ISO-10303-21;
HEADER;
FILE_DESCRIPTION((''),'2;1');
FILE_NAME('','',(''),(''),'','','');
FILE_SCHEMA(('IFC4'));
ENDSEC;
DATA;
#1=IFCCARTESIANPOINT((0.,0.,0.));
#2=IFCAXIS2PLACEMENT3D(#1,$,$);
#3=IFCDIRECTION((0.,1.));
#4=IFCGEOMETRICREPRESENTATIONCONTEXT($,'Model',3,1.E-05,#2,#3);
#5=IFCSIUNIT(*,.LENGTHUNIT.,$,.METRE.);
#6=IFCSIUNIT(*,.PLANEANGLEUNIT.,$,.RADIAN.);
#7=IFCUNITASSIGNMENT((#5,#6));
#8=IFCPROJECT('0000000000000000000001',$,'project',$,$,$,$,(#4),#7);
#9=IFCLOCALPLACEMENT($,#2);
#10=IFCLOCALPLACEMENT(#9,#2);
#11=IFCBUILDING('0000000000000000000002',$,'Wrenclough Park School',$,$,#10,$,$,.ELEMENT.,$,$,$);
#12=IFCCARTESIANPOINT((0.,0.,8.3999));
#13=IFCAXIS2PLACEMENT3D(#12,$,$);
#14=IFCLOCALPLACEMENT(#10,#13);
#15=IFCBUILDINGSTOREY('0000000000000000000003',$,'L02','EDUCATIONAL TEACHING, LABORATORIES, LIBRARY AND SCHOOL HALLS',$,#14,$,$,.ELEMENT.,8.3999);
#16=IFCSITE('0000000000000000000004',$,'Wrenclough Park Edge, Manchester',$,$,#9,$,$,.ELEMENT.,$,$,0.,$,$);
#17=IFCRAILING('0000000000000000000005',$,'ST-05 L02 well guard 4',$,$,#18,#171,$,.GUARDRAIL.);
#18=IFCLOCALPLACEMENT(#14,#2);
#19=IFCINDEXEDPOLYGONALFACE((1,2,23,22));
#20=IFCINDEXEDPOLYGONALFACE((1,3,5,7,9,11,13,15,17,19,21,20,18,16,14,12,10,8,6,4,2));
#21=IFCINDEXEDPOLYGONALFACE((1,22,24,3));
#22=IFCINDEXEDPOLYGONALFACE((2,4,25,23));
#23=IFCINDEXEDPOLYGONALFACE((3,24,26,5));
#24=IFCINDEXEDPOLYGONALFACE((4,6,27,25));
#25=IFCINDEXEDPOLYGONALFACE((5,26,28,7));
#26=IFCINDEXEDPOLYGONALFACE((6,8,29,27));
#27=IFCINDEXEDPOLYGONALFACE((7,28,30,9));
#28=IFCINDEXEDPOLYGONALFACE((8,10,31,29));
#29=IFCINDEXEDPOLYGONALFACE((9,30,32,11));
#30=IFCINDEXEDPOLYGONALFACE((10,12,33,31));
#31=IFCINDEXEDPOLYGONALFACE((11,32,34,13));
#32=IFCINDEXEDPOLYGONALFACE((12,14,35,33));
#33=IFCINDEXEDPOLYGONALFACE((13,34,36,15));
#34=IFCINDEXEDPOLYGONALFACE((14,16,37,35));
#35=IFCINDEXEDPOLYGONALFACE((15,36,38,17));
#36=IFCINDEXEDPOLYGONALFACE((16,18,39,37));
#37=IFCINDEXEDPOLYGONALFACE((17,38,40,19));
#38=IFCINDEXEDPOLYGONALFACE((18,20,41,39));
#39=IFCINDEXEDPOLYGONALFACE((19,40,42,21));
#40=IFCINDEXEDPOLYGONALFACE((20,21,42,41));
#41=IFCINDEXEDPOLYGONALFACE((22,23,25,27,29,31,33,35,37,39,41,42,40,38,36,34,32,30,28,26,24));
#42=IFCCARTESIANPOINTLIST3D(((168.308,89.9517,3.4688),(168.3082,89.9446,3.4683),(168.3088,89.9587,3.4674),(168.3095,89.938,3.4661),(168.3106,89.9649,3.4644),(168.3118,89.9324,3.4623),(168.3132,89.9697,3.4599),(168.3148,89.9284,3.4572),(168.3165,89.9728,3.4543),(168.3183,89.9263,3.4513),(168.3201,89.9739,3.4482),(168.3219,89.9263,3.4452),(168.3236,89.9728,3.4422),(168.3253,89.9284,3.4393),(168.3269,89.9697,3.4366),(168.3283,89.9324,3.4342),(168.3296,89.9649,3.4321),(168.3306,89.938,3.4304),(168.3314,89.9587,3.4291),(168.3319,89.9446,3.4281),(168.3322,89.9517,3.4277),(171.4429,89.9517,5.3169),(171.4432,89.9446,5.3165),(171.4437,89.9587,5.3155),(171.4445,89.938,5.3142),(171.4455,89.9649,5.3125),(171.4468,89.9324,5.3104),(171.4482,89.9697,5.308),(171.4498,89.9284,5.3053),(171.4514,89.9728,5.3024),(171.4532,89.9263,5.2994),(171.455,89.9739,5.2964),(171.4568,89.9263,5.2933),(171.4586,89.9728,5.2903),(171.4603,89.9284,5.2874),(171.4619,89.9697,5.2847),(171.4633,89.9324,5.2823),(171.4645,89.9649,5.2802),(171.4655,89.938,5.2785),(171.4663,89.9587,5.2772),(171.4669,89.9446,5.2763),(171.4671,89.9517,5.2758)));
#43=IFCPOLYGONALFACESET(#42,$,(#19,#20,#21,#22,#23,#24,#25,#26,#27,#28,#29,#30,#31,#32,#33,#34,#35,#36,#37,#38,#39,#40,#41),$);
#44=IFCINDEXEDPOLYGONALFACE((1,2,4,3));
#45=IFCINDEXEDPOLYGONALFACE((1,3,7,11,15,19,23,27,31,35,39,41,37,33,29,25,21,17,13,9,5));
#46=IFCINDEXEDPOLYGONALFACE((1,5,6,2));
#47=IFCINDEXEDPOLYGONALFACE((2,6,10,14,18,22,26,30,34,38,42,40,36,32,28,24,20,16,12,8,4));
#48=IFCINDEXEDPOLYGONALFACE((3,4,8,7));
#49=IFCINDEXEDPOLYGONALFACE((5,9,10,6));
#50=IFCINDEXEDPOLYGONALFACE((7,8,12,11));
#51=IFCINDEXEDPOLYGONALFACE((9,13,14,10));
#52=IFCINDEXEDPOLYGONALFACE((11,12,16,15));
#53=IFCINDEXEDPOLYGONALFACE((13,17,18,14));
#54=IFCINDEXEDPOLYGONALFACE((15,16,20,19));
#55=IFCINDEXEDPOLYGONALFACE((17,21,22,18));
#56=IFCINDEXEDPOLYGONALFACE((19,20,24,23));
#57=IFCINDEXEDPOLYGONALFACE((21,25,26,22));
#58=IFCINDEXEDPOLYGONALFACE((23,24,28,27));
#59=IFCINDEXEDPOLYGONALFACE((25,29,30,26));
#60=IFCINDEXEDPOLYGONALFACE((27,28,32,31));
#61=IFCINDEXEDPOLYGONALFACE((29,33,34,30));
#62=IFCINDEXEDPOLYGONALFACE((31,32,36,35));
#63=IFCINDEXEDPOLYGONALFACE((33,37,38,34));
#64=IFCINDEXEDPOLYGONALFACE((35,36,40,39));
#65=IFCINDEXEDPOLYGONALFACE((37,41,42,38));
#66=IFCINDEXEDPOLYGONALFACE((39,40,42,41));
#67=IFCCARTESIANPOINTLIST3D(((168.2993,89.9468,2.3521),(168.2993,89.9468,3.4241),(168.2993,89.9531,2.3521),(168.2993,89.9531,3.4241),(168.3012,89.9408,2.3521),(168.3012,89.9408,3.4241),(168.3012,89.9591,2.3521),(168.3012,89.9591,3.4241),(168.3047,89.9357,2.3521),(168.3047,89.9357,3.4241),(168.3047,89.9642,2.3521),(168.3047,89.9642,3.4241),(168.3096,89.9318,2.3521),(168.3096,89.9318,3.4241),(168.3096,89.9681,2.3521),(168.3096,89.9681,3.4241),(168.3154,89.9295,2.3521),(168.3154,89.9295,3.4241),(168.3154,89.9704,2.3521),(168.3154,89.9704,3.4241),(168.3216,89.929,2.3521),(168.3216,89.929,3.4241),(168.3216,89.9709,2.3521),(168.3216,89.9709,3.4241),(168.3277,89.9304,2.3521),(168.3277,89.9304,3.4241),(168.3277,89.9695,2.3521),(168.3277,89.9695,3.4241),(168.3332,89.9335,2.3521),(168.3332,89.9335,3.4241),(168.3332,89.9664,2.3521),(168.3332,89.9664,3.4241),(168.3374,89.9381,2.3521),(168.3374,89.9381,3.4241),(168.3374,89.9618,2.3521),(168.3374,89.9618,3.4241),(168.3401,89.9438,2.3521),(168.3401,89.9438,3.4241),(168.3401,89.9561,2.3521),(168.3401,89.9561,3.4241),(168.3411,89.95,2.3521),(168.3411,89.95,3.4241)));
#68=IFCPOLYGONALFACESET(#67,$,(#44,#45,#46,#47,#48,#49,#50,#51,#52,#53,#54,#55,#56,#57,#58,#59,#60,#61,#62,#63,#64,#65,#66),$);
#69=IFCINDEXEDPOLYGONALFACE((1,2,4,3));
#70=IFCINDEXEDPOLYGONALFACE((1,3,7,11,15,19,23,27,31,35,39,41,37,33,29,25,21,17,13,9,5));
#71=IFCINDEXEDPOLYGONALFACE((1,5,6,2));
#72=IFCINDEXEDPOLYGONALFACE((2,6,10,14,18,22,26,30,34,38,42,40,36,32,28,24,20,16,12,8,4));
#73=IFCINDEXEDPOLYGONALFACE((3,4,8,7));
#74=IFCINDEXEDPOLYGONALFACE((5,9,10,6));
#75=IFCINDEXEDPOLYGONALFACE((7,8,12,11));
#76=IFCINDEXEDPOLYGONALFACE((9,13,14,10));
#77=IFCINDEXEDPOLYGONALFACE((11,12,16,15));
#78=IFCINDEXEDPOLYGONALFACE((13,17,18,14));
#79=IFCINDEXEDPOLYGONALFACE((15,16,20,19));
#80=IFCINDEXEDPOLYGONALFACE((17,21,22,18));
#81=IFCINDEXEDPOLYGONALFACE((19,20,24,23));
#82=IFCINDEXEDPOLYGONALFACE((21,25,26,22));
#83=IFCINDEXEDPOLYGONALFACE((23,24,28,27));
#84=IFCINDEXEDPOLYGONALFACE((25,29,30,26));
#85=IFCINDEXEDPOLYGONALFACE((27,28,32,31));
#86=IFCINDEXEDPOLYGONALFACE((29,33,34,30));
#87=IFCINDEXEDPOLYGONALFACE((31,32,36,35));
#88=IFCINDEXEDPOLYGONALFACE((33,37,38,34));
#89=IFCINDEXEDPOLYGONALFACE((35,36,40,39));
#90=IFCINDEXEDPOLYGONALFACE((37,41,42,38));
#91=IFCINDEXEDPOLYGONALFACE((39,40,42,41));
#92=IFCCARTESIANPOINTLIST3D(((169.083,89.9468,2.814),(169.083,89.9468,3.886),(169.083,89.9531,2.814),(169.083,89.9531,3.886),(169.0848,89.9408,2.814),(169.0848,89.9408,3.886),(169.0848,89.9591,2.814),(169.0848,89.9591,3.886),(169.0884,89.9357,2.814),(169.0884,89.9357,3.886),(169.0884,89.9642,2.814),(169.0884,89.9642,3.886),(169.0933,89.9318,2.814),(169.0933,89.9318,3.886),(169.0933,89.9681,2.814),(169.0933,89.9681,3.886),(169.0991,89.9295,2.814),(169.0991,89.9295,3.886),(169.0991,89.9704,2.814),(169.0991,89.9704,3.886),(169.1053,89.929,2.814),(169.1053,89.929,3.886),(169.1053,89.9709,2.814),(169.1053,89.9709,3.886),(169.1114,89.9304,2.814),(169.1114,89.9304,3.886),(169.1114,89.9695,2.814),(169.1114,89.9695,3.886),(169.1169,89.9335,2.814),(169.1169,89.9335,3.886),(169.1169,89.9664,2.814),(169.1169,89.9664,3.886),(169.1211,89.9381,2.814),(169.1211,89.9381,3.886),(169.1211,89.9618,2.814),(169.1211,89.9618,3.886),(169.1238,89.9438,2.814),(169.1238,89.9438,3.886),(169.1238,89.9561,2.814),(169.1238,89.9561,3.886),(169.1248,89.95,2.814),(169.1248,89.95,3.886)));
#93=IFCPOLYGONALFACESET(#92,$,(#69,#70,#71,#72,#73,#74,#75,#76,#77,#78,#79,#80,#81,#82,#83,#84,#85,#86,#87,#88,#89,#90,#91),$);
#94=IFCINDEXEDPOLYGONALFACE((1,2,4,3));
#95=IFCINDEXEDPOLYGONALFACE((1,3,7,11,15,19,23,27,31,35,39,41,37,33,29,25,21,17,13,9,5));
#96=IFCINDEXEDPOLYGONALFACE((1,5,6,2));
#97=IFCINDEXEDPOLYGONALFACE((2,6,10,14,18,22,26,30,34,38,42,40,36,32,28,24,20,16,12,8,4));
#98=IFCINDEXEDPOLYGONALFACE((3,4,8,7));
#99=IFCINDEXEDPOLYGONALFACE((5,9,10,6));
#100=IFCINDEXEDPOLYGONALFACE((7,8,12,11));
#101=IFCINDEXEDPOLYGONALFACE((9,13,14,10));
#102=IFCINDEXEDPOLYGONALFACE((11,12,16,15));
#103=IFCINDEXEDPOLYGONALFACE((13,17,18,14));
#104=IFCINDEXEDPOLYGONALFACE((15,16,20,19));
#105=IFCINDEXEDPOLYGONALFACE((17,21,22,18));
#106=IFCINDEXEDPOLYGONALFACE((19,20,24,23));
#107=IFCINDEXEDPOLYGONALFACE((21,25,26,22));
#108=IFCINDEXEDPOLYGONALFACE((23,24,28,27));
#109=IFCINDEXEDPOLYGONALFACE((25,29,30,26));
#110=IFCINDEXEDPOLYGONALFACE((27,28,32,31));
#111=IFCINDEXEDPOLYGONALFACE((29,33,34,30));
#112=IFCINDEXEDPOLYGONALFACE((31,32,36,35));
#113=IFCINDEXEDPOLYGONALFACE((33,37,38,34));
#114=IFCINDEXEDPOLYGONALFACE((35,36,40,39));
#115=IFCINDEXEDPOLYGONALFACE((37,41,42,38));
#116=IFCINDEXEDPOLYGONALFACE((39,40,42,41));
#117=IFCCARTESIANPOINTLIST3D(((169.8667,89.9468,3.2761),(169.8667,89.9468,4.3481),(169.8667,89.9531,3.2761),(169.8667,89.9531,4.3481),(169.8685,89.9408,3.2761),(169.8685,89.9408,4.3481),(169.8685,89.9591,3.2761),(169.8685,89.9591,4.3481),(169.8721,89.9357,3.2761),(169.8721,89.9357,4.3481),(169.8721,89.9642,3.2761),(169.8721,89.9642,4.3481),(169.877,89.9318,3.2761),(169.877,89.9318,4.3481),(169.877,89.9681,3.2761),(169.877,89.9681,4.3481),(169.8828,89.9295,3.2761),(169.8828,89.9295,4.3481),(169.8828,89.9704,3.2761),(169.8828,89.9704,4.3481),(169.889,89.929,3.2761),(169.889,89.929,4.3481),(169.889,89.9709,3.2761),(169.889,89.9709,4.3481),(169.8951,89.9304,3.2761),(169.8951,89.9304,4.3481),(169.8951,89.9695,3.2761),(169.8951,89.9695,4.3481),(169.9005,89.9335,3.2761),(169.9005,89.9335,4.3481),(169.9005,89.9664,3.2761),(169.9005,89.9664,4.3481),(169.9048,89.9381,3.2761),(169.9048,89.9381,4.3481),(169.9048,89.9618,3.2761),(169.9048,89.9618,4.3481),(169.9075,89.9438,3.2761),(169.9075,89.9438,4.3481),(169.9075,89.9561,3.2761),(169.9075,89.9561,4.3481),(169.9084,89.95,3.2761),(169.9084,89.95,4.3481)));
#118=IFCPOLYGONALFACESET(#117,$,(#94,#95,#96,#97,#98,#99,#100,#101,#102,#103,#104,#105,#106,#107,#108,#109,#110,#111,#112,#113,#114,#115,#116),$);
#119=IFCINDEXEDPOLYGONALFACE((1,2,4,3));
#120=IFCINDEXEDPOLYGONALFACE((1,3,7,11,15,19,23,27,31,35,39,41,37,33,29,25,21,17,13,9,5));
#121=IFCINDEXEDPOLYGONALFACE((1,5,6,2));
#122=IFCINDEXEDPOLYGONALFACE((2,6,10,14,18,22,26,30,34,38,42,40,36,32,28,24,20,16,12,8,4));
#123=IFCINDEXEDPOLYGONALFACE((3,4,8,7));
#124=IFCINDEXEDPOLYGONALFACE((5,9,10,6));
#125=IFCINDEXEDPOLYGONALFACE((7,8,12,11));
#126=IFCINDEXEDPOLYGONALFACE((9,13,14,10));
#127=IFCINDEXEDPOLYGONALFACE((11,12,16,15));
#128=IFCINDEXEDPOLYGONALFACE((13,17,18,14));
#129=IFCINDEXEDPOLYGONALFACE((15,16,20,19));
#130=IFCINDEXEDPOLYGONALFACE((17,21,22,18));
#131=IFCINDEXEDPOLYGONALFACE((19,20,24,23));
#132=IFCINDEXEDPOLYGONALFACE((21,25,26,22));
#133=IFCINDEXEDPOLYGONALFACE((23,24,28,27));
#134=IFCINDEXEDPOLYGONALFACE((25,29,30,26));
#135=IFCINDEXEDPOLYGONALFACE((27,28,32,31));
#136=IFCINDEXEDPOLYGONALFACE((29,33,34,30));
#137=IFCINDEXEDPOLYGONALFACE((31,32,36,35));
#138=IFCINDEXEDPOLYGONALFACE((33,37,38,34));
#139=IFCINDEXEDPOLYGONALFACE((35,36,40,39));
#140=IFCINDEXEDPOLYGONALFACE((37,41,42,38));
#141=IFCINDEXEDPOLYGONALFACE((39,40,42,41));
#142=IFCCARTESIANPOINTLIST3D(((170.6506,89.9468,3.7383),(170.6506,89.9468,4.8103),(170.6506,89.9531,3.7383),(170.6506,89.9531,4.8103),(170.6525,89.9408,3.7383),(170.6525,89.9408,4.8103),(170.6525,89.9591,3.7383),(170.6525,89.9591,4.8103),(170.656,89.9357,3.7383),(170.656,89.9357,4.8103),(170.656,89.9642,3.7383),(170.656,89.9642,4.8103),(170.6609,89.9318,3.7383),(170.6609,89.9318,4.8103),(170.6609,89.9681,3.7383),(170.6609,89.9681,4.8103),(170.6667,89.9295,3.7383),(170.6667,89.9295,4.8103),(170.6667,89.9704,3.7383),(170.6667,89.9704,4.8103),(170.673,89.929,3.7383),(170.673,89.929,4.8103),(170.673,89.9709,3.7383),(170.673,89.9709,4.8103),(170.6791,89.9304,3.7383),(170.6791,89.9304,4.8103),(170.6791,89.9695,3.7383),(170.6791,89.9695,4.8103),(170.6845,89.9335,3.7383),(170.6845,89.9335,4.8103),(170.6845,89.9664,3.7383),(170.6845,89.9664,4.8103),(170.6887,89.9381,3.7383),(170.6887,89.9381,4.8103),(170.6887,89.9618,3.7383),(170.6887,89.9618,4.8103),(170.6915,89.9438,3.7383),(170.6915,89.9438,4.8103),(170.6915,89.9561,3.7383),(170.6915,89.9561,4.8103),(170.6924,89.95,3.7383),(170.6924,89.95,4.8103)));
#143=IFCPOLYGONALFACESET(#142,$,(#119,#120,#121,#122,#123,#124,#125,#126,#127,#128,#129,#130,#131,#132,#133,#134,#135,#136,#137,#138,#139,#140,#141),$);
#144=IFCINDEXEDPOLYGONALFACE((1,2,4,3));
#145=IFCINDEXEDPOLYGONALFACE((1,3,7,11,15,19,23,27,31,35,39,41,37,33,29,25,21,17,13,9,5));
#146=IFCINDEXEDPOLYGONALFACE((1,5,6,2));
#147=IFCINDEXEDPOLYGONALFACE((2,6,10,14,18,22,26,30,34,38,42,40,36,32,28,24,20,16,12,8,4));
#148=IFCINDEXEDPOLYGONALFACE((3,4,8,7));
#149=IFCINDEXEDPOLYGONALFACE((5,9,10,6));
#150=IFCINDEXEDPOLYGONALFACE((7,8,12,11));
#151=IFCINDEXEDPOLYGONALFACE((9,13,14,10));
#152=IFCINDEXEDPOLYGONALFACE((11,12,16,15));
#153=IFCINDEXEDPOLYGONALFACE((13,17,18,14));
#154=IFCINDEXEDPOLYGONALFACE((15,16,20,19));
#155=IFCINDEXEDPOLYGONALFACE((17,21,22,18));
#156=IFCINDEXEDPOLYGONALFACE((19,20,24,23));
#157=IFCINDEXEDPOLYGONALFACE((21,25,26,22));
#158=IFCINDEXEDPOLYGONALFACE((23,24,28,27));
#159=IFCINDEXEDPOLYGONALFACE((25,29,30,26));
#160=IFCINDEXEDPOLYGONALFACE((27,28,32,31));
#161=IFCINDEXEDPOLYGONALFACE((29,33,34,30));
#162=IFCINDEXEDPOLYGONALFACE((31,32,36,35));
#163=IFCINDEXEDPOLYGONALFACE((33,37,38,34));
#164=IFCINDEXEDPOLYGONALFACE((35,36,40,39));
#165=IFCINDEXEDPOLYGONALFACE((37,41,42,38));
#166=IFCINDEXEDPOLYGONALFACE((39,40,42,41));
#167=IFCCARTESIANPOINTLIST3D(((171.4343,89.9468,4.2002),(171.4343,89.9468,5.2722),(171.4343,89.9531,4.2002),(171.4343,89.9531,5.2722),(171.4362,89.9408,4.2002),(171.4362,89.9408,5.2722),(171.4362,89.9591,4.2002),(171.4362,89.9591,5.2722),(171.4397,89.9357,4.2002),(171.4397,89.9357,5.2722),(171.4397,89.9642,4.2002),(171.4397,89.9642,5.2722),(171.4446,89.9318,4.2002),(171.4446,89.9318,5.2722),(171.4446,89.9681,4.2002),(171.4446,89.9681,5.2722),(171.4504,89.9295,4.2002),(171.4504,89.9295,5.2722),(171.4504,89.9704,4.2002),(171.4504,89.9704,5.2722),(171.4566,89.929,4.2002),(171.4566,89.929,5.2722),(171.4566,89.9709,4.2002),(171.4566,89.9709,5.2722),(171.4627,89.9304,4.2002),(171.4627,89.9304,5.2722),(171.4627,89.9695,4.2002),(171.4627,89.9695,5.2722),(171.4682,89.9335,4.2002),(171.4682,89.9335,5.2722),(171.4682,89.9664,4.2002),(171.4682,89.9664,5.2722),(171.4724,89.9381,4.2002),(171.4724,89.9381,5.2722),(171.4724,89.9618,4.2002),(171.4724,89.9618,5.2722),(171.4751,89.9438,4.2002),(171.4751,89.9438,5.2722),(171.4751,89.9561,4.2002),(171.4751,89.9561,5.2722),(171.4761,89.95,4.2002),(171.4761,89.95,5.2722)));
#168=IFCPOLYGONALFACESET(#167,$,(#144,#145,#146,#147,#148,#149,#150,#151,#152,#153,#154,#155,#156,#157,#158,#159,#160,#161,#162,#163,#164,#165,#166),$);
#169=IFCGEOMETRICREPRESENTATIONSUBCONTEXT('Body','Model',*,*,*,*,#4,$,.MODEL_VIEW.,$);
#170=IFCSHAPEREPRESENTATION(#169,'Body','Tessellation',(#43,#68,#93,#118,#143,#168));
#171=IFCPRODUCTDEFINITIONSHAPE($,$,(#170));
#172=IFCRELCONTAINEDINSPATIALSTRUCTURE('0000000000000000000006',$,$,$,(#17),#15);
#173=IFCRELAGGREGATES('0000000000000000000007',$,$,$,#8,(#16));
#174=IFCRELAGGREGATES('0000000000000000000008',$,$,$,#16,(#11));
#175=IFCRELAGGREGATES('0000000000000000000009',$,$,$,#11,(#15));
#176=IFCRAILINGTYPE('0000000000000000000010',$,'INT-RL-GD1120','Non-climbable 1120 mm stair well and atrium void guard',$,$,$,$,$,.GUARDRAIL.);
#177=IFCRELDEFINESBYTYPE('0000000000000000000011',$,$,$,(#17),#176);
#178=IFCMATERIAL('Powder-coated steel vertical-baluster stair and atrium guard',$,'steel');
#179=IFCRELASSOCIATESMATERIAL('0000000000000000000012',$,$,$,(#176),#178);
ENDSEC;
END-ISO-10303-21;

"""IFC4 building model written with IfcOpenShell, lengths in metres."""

from ifc_helpers import new_model, si_unit, direction, frame, origin, origin_2d, place, context, subcontext, project, spatial, circle, extrude, material, type_object, element, save


model = new_model("IFC4")

# Units and contexts
model_context = context("Model", 3, precision=1e-05, world=origin(), true_north=direction((0.0, 1.0)))
body_context = subcontext(model_context, "Body", "Model", "MODEL_VIEW")
ifc_project = project(units=[si_unit("LENGTHUNIT", "METRE"), si_unit("PLANEANGLEUNIT", "RADIAN")], contexts=[model_context])

# Site, building, storey
site_placement = place(None, origin())
site = spatial("IfcSite", under=ifc_project, at=site_placement, Name="Wrenclough Park Edge, Manchester", CompositionType="ELEMENT", RefElevation=0.0)
building_placement = place(site_placement, origin())
building = spatial("IfcBuilding", under=site, at=building_placement, Name="Wrenclough Park School", CompositionType="ELEMENT")
storey_placement = place(building_placement, frame((0.0, 0.0, 8.3999)))
storey = spatial("IfcBuildingStorey", under=building, at=storey_placement, Name="L02", Description="EDUCATIONAL TEACHING, LABORATORIES, LIBRARY AND SCHOOL HALLS", CompositionType="ELEMENT", Elevation=8.3999)

# Railing
ifc_material_1 = material(Name="Powder-coated steel vertical-baluster stair and atrium guard", Category="steel")
railing_type_1 = type_object("IfcRailingType", Name="INT-RL-GD1120", Description="Non-climbable 1120 mm stair well and atrium void guard", PredefinedType="GUARDRAIL", material=ifc_material_1)
railing_1_placement = place(storey_placement, frame((168.3201, 89.95, 2.3521)))
element("IfcRailing", 1, at=railing_1_placement, inside=storey, type_object=railing_type_1, Name="ST-05 L02 well guard 4", PredefinedType="GUARDRAIL", context=body_context, shape_type="SweptSolid", body=[
    extrude(circle(Radius=0.0239, at=origin_2d()), frame((0.0, 0.0, 1.0962), z_axis=(0.861451, 0.0, 0.507841), x_axis=(0.0, 1.0, 0.0)), (0.0, 0.0, 1.0), 3.6392),
    extrude(circle(Radius=0.021, at=origin_2d()), origin(), (0.0, 0.0, 1.0), 1.072),
    extrude(circle(Radius=0.021, at=origin_2d()), frame((0.7837, 0.0, 0.4619)), (0.0, 0.0, 1.0), 1.072),
    extrude(circle(Radius=0.021, at=origin_2d()), frame((1.5674, 0.0, 0.9241)), (0.0, 0.0, 1.0), 1.072),
    extrude(circle(Radius=0.021, at=origin_2d()), frame((2.3513, 0.0, 1.3862)), (0.0, 0.0, 1.0), 1.072),
    extrude(circle(Radius=0.021, at=origin_2d()), frame((3.135, 0.0, 1.8481)), (0.0, 0.0, 1.0), 1.072),
])

save(model, "model.ifc")
